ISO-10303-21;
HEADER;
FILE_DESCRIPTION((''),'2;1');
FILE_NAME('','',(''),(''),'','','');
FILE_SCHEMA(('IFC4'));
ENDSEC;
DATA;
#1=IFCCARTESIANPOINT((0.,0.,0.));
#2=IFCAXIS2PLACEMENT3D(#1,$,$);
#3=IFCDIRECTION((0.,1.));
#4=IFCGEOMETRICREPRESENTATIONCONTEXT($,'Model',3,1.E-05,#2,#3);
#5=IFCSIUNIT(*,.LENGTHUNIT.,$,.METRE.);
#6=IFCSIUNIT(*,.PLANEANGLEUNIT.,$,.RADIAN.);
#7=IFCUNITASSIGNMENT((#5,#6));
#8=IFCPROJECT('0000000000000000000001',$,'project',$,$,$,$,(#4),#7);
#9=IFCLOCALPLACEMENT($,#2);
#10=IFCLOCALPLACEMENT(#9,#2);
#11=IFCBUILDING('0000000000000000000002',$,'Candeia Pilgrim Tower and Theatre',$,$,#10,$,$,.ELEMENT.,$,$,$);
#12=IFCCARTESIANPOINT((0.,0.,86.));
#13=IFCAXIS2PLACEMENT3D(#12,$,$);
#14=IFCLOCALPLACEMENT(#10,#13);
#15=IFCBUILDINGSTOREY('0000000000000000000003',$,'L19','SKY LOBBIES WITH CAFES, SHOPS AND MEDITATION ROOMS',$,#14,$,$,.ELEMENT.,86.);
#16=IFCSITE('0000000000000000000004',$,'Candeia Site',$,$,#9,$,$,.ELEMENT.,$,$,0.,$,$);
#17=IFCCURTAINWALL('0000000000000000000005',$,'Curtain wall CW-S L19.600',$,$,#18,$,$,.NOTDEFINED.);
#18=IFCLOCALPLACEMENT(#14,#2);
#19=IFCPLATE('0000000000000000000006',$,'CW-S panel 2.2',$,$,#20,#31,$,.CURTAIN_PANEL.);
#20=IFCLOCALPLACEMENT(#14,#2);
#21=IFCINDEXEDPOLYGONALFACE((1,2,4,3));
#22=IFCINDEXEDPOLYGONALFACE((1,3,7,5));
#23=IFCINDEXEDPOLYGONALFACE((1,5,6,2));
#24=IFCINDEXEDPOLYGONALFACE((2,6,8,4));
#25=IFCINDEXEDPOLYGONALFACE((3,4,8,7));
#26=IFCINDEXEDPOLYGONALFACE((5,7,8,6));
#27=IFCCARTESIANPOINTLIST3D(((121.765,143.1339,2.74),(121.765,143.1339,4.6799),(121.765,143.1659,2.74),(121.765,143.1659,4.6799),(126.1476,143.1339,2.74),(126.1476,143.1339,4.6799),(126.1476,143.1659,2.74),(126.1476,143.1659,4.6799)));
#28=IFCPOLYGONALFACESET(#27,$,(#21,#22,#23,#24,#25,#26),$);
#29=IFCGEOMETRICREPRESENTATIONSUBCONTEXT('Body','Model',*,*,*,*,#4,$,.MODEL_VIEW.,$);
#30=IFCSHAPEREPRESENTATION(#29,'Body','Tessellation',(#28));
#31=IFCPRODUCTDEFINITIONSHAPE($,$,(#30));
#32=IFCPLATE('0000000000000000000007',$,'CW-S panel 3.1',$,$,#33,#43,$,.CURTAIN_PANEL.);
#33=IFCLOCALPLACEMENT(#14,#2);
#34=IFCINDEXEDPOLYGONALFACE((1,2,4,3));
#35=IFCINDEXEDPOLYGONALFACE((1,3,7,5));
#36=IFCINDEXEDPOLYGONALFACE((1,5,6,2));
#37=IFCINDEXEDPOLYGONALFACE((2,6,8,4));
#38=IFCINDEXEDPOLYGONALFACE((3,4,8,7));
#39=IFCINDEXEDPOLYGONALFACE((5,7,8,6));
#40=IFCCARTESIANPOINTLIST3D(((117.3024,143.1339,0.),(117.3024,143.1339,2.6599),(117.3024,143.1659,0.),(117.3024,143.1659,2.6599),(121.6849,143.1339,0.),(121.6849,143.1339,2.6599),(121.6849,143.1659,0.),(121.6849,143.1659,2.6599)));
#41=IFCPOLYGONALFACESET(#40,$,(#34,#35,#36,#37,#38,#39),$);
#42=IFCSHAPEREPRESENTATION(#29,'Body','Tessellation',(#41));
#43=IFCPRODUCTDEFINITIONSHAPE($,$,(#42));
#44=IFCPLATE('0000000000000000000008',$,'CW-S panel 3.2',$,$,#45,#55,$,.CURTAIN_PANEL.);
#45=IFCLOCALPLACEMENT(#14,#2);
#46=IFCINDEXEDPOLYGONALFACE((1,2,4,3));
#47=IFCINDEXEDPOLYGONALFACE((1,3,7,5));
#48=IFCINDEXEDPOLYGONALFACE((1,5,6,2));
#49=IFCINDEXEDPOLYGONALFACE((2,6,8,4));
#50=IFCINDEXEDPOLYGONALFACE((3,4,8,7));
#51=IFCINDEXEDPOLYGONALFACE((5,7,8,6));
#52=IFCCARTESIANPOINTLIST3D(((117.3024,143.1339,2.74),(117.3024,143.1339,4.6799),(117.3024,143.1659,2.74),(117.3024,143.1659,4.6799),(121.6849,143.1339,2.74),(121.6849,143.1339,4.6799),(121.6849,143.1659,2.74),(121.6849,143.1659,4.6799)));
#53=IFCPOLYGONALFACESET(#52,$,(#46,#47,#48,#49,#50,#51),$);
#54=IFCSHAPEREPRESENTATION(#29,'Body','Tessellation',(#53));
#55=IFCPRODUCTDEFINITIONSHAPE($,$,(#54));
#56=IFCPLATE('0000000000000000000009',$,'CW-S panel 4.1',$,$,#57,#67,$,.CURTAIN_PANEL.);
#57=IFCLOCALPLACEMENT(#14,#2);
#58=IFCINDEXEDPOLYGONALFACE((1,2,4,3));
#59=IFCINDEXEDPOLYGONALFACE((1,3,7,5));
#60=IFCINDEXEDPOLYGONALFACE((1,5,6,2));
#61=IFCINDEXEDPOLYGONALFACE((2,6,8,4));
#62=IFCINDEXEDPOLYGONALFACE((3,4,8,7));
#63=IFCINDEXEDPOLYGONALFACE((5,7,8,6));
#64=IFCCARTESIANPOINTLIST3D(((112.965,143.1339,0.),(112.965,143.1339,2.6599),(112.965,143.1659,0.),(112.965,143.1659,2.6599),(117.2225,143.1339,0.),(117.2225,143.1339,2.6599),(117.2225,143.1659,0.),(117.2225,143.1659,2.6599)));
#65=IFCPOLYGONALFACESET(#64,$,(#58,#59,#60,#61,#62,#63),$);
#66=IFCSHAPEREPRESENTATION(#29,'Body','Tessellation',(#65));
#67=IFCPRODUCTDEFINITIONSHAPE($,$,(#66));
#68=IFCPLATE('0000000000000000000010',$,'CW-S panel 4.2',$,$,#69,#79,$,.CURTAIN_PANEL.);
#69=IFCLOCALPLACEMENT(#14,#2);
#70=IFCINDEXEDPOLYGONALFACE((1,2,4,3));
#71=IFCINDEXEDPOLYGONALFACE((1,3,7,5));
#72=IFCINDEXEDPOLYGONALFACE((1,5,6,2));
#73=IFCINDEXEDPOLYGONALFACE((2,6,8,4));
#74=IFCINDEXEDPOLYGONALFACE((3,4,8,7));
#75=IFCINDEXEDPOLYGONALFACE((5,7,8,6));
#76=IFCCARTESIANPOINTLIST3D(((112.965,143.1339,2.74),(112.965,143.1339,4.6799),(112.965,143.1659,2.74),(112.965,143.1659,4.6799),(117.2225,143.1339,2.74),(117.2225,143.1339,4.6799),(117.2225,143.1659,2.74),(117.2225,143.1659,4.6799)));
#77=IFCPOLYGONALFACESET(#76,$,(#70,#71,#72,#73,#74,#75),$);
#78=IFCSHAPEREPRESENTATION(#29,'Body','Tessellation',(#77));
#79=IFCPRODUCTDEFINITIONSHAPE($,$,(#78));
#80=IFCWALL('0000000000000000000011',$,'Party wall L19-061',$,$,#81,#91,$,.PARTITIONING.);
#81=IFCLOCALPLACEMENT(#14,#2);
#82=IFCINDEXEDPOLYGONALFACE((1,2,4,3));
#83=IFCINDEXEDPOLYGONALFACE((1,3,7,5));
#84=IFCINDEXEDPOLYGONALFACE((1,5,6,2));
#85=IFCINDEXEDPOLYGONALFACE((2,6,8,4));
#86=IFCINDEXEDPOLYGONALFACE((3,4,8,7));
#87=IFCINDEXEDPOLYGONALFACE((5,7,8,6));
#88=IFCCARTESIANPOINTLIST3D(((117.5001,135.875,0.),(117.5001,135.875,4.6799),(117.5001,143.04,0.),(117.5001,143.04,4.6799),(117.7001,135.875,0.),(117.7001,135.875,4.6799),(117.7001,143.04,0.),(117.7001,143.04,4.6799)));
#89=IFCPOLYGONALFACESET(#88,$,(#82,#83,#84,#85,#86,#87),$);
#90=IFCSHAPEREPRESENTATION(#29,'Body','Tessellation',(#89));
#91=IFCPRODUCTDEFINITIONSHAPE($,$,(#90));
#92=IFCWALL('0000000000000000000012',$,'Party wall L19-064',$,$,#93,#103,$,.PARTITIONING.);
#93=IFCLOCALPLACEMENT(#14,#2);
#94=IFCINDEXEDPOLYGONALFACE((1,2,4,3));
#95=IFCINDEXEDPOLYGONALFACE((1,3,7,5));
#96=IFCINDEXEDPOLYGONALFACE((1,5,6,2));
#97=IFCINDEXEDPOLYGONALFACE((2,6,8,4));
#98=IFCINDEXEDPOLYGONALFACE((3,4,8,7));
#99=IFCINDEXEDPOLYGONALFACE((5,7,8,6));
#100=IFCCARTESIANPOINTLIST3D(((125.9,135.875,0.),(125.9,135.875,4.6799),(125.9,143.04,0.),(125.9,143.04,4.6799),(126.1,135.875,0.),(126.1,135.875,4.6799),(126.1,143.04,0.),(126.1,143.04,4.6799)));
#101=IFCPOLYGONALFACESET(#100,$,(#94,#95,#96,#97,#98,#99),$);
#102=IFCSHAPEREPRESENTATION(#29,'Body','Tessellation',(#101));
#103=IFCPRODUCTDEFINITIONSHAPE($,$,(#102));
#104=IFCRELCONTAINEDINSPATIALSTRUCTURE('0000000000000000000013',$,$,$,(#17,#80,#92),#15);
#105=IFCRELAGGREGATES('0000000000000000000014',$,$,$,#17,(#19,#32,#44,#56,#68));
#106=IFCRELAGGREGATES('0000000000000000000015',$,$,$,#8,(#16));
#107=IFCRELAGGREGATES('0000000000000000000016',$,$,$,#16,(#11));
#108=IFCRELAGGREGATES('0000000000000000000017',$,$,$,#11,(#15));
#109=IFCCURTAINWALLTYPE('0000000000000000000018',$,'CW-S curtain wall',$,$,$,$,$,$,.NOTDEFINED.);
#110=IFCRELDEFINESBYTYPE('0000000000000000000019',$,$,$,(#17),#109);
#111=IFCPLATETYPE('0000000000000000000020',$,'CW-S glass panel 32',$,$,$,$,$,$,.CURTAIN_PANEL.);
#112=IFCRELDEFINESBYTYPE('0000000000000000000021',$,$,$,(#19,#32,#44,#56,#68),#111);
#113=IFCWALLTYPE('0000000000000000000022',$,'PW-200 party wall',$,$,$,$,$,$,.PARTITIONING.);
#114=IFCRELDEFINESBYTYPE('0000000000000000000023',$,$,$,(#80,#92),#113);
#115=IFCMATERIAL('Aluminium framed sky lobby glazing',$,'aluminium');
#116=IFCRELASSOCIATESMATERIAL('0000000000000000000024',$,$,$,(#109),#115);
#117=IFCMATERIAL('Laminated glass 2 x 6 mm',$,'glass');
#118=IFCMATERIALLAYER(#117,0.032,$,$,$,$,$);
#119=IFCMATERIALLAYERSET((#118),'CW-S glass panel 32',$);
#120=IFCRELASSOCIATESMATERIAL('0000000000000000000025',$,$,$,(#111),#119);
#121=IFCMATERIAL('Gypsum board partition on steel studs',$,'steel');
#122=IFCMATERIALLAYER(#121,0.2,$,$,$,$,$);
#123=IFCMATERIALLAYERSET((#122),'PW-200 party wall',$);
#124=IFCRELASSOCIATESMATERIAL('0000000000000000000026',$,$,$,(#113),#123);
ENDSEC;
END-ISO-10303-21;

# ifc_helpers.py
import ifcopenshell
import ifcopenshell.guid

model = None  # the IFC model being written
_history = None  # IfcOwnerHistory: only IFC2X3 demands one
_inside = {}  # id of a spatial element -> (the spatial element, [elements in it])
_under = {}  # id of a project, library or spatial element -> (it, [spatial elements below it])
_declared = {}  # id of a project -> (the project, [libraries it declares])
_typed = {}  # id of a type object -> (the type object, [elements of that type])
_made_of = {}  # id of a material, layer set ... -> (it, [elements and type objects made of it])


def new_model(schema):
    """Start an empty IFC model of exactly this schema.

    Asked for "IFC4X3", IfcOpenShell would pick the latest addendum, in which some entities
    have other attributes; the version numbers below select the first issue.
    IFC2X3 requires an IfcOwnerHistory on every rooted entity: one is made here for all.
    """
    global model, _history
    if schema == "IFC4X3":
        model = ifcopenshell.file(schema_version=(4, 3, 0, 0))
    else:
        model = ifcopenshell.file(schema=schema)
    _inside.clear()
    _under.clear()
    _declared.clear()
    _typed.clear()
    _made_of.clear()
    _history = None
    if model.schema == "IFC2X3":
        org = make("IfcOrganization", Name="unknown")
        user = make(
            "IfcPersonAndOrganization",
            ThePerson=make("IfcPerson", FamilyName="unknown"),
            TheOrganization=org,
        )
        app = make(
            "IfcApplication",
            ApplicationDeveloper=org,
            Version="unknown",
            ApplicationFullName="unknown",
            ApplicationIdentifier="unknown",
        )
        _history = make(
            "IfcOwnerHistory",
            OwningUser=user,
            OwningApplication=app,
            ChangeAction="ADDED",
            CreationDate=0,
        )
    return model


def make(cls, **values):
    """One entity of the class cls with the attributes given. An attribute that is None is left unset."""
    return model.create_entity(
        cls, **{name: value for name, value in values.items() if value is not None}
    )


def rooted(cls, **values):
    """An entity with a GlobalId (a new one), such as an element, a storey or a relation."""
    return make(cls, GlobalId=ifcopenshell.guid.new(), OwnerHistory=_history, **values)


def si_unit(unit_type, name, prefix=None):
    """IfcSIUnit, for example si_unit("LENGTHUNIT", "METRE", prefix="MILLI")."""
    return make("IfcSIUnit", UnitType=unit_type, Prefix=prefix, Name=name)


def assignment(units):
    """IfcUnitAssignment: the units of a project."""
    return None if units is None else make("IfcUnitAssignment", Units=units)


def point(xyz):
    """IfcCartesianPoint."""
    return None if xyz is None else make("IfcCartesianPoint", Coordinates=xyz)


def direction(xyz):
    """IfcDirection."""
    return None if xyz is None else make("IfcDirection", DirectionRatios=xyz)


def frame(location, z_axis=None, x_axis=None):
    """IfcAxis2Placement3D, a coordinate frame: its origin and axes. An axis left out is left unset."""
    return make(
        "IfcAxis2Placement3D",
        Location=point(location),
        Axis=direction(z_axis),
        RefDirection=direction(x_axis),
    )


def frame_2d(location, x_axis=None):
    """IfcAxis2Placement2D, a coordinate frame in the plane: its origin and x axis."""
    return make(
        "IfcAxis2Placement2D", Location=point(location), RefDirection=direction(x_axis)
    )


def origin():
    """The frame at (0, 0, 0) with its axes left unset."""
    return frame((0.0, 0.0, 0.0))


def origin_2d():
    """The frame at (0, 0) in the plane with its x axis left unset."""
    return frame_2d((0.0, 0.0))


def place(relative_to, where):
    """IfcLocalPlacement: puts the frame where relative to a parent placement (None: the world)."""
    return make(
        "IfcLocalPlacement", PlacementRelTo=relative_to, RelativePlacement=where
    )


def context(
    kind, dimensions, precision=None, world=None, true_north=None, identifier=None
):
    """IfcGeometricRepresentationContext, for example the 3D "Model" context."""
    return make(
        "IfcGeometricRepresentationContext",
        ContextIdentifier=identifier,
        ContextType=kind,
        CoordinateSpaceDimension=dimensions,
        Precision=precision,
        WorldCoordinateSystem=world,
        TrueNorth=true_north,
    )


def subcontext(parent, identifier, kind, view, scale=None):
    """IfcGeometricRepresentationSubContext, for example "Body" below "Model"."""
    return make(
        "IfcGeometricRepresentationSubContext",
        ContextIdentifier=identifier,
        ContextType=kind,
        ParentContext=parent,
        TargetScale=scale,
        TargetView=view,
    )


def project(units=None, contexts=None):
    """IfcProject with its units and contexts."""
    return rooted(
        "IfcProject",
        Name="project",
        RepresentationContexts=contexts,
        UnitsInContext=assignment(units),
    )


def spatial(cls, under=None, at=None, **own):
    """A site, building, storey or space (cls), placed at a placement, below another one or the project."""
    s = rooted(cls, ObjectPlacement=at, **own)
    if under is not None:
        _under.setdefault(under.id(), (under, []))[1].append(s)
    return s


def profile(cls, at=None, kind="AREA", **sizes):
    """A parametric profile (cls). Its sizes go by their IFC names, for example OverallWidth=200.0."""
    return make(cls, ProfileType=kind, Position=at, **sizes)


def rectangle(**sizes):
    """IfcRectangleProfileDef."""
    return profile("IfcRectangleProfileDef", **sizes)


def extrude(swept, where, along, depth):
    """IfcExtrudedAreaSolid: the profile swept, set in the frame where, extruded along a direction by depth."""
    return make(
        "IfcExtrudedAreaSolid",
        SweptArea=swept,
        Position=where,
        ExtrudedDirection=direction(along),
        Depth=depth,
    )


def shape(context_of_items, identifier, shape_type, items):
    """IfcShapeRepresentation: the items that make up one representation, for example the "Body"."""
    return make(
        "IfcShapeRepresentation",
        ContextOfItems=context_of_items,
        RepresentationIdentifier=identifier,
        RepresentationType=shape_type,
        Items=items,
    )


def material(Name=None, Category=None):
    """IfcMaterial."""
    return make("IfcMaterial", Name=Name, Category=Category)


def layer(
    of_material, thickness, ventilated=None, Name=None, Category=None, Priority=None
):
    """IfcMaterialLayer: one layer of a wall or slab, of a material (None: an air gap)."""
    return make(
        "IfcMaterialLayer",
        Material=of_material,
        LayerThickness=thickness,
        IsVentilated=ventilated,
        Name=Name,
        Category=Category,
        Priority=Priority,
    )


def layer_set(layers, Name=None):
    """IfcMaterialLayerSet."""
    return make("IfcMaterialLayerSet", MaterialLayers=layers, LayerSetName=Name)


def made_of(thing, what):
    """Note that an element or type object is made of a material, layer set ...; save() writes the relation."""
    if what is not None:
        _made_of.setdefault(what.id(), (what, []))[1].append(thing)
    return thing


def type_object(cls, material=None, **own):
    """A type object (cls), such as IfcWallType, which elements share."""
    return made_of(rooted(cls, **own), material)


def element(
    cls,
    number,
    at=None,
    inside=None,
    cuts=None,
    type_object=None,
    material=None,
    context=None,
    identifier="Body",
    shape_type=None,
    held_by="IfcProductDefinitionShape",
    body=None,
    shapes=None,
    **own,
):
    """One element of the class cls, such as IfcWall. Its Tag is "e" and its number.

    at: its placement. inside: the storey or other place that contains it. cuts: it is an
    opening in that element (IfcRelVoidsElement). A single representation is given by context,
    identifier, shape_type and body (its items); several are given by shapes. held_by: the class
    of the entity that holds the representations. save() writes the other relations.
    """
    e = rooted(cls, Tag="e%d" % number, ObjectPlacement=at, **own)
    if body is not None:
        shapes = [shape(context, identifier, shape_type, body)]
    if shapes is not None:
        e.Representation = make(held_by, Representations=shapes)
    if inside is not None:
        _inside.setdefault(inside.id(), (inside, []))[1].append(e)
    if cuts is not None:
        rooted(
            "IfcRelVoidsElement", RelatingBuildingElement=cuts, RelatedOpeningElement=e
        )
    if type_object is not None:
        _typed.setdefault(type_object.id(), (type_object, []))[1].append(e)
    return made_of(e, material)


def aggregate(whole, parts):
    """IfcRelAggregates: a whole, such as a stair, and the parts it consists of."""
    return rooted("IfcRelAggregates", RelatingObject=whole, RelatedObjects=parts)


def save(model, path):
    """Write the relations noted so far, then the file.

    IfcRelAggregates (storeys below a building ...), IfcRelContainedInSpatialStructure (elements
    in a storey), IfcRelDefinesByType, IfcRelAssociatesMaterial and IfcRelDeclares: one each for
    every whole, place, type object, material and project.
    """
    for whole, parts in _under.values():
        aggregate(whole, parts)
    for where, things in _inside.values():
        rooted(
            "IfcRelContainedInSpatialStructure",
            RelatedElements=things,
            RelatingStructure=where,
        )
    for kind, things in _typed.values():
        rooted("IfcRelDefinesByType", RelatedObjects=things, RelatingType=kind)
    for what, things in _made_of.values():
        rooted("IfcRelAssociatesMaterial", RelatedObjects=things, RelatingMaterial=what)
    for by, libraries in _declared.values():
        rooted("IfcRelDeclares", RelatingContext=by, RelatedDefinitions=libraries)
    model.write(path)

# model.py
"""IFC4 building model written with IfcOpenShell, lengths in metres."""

from ifc_helpers import new_model, si_unit, direction, frame, frame_2d, origin, origin_2d, place, context, subcontext, project, spatial, rectangle, extrude, material, layer, layer_set, type_object, element, aggregate, save


model = new_model("IFC4")

# Units and contexts
model_context = context("Model", 3, precision=1e-05, world=origin(), true_north=direction((0.0, 1.0)))
body_context = subcontext(model_context, "Body", "Model", "MODEL_VIEW")
ifc_project = project(units=[si_unit("LENGTHUNIT", "METRE"), si_unit("PLANEANGLEUNIT", "RADIAN")], contexts=[model_context])

# Site, building, storey
site_placement = place(None, origin())
site = spatial("IfcSite", under=ifc_project, at=site_placement, Name="Candeia Site", CompositionType="ELEMENT", RefElevation=0.0)
building_placement = place(site_placement, origin())
building = spatial("IfcBuilding", under=site, at=building_placement, Name="Candeia Pilgrim Tower and Theatre", CompositionType="ELEMENT")
storey_placement = place(building_placement, frame((0.0, 0.0, 86.0)))
storey = spatial("IfcBuildingStorey", under=building, at=storey_placement, Name="L19", Description="SKY LOBBIES WITH CAFES, SHOPS AND MEDITATION ROOMS", CompositionType="ELEMENT", Elevation=86.0)

# Curtain wall
ifc_material_1 = material(Name="Aluminium framed sky lobby glazing", Category="aluminium")
curtain_wall_type = type_object("IfcCurtainWallType", Name="CW-S curtain wall", PredefinedType="NOTDEFINED", material=ifc_material_1)
curtain_wall_placement = place(storey_placement, origin())
curtain_wall = element("IfcCurtainWall", 1, at=curtain_wall_placement, inside=storey, type_object=curtain_wall_type, Name="Curtain wall CW-S L19.600", PredefinedType="NOTDEFINED")

# Plates
ifc_material_2 = material(Name="Laminated glass 2 x 6 mm", Category="glass")
ifc_layer_1 = layer(ifc_material_2, 0.032)
ifc_layer_set_1 = layer_set([ifc_layer_1], Name="CW-S glass panel 32")
plate_type = type_object("IfcPlateType", Name="CW-S glass panel 32", PredefinedType="CURTAIN_PANEL", material=ifc_layer_set_1)
plate_1_placement = place(storey_placement, frame((123.9563, 143.1499, 2.74), z_axis=(0.0, 0.0, 1.0), x_axis=(-1.0, 0.0, 0.0)))
plate_1 = element("IfcPlate", 2, at=plate_1_placement, type_object=plate_type, Name="CW-S panel 2.2", PredefinedType="CURTAIN_PANEL", context=body_context, shape_type="SweptSolid", body=[
    extrude(rectangle(XDim=4.3826, YDim=0.032, at=origin_2d()), origin(), (0.0, 0.0, 1.0), 1.9399),
])
plate_2_placement = place(storey_placement, frame((119.4937, 143.1499, 0.0), z_axis=(0.0, 0.0, 1.0), x_axis=(-1.0, 0.0, 0.0)))
plate_2 = element("IfcPlate", 3, at=plate_2_placement, type_object=plate_type, Name="CW-S panel 3.1", PredefinedType="CURTAIN_PANEL", context=body_context, shape_type="SweptSolid", body=[
    extrude(rectangle(XDim=4.3826, YDim=0.032, at=origin_2d()), origin(), (0.0, 0.0, 1.0), 2.6599),
])
plate_3_placement = place(storey_placement, frame((119.4937, 143.1499, 2.74), z_axis=(0.0, 0.0, 1.0), x_axis=(-1.0, 0.0, 0.0)))
plate_3 = element("IfcPlate", 4, at=plate_3_placement, type_object=plate_type, Name="CW-S panel 3.2", PredefinedType="CURTAIN_PANEL", context=body_context, shape_type="SweptSolid", body=[
    extrude(rectangle(XDim=4.3826, YDim=0.032, at=origin_2d()), origin(), (0.0, 0.0, 1.0), 1.9399),
])
plate_4_placement = place(storey_placement, frame((115.0938, 143.1499, 0.0), z_axis=(0.0, 0.0, 1.0), x_axis=(-1.0, 0.0, 0.0)))
plate_4 = element("IfcPlate", 5, at=plate_4_placement, type_object=plate_type, Name="CW-S panel 4.1", PredefinedType="CURTAIN_PANEL", context=body_context, shape_type="SweptSolid", body=[
    extrude(rectangle(XDim=4.2576, YDim=0.032, at=origin_2d()), origin(), (0.0, 0.0, 1.0), 2.6599),
])
plate_5_placement = place(storey_placement, frame((115.0938, 143.1499, 2.74), z_axis=(0.0, 0.0, 1.0), x_axis=(-1.0, 0.0, 0.0)))
plate_5 = element("IfcPlate", 6, at=plate_5_placement, type_object=plate_type, Name="CW-S panel 4.2", PredefinedType="CURTAIN_PANEL", context=body_context, shape_type="SweptSolid", body=[
    extrude(rectangle(XDim=4.2576, YDim=0.032, at=origin_2d()), origin(), (0.0, 0.0, 1.0), 1.9399),
])
aggregate(curtain_wall, [plate_1, plate_2, plate_3, plate_4, plate_5])

# Walls
ifc_material_3 = material(Name="Gypsum board partition on steel studs", Category="steel")
ifc_layer_2 = layer(ifc_material_3, 0.2)
ifc_layer_set_2 = layer_set([ifc_layer_2], Name="PW-200 party wall")
wall_type = type_object("IfcWallType", Name="PW-200 party wall", PredefinedType="PARTITIONING", material=ifc_layer_set_2)
for number, where, z_axis, x_axis, name in (
    (7, (117.6001, 135.875, 0.0), (0.0, 0.0, 1.0), (0.0, 1.0, 0.0), "Party wall L19-061"),
    (8, (126.0, 135.875, 0.0), (0.0, 0.0, 1.0), (0.0, 1.0, 0.0), "Party wall L19-064"),
):
    element("IfcWall", number, at=place(storey_placement, frame(where, z_axis=z_axis, x_axis=x_axis)), inside=storey, type_object=wall_type, Name=name, PredefinedType="PARTITIONING", context=body_context, shape_type="SweptSolid", body=[
        extrude(rectangle(XDim=7.165, YDim=0.2, at=frame_2d((3.5825, 0.0))), origin(), (0.0, 0.0, 1.0), 4.6799),
    ])

save(model, "model.ifc")
